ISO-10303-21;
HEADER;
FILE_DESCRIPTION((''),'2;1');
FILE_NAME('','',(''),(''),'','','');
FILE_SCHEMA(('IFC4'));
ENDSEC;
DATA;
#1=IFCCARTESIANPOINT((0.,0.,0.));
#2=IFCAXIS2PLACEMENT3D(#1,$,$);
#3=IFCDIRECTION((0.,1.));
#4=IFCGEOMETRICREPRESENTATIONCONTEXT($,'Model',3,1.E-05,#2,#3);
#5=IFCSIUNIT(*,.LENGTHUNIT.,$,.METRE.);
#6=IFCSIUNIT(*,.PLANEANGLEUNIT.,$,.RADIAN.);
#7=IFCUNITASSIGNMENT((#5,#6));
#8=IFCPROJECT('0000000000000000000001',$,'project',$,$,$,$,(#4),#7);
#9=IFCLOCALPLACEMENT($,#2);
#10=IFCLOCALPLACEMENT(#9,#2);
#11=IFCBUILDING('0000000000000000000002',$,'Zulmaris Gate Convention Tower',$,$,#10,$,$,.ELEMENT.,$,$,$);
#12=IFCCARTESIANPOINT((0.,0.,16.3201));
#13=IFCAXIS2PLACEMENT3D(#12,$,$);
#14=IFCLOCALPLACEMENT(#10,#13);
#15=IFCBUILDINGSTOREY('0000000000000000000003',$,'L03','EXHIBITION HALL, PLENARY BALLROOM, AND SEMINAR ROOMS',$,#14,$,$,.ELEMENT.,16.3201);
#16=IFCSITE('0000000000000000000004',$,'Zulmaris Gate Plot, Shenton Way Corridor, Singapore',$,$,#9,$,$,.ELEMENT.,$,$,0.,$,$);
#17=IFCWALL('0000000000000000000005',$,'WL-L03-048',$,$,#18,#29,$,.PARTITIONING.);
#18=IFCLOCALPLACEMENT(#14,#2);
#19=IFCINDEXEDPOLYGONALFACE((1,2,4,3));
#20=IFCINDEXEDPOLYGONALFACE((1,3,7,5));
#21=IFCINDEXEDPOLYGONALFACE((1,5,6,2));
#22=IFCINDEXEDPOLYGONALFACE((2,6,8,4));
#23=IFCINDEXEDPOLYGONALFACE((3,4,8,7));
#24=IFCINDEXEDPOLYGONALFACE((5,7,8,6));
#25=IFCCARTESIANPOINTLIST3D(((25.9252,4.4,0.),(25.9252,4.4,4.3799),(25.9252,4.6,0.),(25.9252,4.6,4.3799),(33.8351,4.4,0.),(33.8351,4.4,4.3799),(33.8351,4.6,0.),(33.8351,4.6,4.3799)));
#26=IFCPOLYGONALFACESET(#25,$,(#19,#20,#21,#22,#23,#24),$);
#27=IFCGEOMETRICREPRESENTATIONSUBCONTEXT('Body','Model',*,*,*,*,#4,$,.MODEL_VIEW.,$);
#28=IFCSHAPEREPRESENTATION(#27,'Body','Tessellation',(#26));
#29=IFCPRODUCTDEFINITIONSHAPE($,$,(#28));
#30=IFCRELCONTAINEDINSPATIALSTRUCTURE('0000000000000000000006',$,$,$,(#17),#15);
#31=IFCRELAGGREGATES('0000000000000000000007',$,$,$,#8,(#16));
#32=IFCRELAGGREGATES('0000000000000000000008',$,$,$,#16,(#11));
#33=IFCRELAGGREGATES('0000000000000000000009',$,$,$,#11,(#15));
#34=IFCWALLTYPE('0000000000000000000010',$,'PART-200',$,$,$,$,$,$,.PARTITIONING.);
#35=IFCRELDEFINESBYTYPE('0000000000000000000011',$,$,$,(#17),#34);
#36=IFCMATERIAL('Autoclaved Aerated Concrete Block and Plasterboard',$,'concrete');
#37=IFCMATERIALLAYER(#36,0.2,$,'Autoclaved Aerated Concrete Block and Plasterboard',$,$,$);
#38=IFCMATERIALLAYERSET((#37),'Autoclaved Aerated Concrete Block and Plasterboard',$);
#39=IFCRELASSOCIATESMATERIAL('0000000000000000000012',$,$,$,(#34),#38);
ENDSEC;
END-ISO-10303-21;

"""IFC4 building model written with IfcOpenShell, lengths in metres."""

from ifc_helpers import new_model, si_unit, direction, frame, frame_2d, origin, place, context, subcontext, project, spatial, rectangle, extrude, material, layer, layer_set, type_object, element, save


model = new_model("IFC4")

# Units and contexts
model_context = context("Model", 3, precision=1e-05, world=origin(), true_north=direction((0.0, 1.0)))
body_context = subcontext(model_context, "Body", "Model", "MODEL_VIEW")
ifc_project = project(units=[si_unit("LENGTHUNIT", "METRE"), si_unit("PLANEANGLEUNIT", "RADIAN")], contexts=[model_context])

# Site, building, storey
site_placement = place(None, origin())
site = spatial("IfcSite", under=ifc_project, at=site_placement, Name="Zulmaris Gate Plot, Shenton Way Corridor, Singapore", CompositionType="ELEMENT", RefElevation=0.0)
building_placement = place(site_placement, origin())
building = spatial("IfcBuilding", under=site, at=building_placement, Name="Zulmaris Gate Convention Tower", CompositionType="ELEMENT")
storey_placement = place(building_placement, frame((0.0, 0.0, 16.3201)))
storey = spatial("IfcBuildingStorey", under=building, at=storey_placement, Name="L03", Description="EXHIBITION HALL, PLENARY BALLROOM, AND SEMINAR ROOMS", CompositionType="ELEMENT", Elevation=16.3201)

# Wall
ifc_material_1 = material(Name="Autoclaved Aerated Concrete Block and Plasterboard", Category="concrete")
ifc_layer_1 = layer(ifc_material_1, 0.2, Name="Autoclaved Aerated Concrete Block and Plasterboard")
ifc_layer_set_1 = layer_set([ifc_layer_1], Name="Autoclaved Aerated Concrete Block and Plasterboard")
wall_type_1 = type_object("IfcWallType", Name="PART-200", PredefinedType="PARTITIONING", material=ifc_layer_set_1)
wall_1_placement = place(storey_placement, frame((25.925, 4.5, 0.0), z_axis=(0.0, 0.0, 1.0), x_axis=(1.0, 0.0, 0.0)))
element("IfcWall", 1, at=wall_1_placement, inside=storey, type_object=wall_type_1, Name="WL-L03-048", PredefinedType="PARTITIONING", context=body_context, shape_type="SweptSolid", body=[
    extrude(rectangle(XDim=7.9099, YDim=0.2, at=frame_2d((3.9551, 0.0))), origin(), (0.0, 0.0, 1.0), 4.3799),
])

save(model, "model.ifc")
